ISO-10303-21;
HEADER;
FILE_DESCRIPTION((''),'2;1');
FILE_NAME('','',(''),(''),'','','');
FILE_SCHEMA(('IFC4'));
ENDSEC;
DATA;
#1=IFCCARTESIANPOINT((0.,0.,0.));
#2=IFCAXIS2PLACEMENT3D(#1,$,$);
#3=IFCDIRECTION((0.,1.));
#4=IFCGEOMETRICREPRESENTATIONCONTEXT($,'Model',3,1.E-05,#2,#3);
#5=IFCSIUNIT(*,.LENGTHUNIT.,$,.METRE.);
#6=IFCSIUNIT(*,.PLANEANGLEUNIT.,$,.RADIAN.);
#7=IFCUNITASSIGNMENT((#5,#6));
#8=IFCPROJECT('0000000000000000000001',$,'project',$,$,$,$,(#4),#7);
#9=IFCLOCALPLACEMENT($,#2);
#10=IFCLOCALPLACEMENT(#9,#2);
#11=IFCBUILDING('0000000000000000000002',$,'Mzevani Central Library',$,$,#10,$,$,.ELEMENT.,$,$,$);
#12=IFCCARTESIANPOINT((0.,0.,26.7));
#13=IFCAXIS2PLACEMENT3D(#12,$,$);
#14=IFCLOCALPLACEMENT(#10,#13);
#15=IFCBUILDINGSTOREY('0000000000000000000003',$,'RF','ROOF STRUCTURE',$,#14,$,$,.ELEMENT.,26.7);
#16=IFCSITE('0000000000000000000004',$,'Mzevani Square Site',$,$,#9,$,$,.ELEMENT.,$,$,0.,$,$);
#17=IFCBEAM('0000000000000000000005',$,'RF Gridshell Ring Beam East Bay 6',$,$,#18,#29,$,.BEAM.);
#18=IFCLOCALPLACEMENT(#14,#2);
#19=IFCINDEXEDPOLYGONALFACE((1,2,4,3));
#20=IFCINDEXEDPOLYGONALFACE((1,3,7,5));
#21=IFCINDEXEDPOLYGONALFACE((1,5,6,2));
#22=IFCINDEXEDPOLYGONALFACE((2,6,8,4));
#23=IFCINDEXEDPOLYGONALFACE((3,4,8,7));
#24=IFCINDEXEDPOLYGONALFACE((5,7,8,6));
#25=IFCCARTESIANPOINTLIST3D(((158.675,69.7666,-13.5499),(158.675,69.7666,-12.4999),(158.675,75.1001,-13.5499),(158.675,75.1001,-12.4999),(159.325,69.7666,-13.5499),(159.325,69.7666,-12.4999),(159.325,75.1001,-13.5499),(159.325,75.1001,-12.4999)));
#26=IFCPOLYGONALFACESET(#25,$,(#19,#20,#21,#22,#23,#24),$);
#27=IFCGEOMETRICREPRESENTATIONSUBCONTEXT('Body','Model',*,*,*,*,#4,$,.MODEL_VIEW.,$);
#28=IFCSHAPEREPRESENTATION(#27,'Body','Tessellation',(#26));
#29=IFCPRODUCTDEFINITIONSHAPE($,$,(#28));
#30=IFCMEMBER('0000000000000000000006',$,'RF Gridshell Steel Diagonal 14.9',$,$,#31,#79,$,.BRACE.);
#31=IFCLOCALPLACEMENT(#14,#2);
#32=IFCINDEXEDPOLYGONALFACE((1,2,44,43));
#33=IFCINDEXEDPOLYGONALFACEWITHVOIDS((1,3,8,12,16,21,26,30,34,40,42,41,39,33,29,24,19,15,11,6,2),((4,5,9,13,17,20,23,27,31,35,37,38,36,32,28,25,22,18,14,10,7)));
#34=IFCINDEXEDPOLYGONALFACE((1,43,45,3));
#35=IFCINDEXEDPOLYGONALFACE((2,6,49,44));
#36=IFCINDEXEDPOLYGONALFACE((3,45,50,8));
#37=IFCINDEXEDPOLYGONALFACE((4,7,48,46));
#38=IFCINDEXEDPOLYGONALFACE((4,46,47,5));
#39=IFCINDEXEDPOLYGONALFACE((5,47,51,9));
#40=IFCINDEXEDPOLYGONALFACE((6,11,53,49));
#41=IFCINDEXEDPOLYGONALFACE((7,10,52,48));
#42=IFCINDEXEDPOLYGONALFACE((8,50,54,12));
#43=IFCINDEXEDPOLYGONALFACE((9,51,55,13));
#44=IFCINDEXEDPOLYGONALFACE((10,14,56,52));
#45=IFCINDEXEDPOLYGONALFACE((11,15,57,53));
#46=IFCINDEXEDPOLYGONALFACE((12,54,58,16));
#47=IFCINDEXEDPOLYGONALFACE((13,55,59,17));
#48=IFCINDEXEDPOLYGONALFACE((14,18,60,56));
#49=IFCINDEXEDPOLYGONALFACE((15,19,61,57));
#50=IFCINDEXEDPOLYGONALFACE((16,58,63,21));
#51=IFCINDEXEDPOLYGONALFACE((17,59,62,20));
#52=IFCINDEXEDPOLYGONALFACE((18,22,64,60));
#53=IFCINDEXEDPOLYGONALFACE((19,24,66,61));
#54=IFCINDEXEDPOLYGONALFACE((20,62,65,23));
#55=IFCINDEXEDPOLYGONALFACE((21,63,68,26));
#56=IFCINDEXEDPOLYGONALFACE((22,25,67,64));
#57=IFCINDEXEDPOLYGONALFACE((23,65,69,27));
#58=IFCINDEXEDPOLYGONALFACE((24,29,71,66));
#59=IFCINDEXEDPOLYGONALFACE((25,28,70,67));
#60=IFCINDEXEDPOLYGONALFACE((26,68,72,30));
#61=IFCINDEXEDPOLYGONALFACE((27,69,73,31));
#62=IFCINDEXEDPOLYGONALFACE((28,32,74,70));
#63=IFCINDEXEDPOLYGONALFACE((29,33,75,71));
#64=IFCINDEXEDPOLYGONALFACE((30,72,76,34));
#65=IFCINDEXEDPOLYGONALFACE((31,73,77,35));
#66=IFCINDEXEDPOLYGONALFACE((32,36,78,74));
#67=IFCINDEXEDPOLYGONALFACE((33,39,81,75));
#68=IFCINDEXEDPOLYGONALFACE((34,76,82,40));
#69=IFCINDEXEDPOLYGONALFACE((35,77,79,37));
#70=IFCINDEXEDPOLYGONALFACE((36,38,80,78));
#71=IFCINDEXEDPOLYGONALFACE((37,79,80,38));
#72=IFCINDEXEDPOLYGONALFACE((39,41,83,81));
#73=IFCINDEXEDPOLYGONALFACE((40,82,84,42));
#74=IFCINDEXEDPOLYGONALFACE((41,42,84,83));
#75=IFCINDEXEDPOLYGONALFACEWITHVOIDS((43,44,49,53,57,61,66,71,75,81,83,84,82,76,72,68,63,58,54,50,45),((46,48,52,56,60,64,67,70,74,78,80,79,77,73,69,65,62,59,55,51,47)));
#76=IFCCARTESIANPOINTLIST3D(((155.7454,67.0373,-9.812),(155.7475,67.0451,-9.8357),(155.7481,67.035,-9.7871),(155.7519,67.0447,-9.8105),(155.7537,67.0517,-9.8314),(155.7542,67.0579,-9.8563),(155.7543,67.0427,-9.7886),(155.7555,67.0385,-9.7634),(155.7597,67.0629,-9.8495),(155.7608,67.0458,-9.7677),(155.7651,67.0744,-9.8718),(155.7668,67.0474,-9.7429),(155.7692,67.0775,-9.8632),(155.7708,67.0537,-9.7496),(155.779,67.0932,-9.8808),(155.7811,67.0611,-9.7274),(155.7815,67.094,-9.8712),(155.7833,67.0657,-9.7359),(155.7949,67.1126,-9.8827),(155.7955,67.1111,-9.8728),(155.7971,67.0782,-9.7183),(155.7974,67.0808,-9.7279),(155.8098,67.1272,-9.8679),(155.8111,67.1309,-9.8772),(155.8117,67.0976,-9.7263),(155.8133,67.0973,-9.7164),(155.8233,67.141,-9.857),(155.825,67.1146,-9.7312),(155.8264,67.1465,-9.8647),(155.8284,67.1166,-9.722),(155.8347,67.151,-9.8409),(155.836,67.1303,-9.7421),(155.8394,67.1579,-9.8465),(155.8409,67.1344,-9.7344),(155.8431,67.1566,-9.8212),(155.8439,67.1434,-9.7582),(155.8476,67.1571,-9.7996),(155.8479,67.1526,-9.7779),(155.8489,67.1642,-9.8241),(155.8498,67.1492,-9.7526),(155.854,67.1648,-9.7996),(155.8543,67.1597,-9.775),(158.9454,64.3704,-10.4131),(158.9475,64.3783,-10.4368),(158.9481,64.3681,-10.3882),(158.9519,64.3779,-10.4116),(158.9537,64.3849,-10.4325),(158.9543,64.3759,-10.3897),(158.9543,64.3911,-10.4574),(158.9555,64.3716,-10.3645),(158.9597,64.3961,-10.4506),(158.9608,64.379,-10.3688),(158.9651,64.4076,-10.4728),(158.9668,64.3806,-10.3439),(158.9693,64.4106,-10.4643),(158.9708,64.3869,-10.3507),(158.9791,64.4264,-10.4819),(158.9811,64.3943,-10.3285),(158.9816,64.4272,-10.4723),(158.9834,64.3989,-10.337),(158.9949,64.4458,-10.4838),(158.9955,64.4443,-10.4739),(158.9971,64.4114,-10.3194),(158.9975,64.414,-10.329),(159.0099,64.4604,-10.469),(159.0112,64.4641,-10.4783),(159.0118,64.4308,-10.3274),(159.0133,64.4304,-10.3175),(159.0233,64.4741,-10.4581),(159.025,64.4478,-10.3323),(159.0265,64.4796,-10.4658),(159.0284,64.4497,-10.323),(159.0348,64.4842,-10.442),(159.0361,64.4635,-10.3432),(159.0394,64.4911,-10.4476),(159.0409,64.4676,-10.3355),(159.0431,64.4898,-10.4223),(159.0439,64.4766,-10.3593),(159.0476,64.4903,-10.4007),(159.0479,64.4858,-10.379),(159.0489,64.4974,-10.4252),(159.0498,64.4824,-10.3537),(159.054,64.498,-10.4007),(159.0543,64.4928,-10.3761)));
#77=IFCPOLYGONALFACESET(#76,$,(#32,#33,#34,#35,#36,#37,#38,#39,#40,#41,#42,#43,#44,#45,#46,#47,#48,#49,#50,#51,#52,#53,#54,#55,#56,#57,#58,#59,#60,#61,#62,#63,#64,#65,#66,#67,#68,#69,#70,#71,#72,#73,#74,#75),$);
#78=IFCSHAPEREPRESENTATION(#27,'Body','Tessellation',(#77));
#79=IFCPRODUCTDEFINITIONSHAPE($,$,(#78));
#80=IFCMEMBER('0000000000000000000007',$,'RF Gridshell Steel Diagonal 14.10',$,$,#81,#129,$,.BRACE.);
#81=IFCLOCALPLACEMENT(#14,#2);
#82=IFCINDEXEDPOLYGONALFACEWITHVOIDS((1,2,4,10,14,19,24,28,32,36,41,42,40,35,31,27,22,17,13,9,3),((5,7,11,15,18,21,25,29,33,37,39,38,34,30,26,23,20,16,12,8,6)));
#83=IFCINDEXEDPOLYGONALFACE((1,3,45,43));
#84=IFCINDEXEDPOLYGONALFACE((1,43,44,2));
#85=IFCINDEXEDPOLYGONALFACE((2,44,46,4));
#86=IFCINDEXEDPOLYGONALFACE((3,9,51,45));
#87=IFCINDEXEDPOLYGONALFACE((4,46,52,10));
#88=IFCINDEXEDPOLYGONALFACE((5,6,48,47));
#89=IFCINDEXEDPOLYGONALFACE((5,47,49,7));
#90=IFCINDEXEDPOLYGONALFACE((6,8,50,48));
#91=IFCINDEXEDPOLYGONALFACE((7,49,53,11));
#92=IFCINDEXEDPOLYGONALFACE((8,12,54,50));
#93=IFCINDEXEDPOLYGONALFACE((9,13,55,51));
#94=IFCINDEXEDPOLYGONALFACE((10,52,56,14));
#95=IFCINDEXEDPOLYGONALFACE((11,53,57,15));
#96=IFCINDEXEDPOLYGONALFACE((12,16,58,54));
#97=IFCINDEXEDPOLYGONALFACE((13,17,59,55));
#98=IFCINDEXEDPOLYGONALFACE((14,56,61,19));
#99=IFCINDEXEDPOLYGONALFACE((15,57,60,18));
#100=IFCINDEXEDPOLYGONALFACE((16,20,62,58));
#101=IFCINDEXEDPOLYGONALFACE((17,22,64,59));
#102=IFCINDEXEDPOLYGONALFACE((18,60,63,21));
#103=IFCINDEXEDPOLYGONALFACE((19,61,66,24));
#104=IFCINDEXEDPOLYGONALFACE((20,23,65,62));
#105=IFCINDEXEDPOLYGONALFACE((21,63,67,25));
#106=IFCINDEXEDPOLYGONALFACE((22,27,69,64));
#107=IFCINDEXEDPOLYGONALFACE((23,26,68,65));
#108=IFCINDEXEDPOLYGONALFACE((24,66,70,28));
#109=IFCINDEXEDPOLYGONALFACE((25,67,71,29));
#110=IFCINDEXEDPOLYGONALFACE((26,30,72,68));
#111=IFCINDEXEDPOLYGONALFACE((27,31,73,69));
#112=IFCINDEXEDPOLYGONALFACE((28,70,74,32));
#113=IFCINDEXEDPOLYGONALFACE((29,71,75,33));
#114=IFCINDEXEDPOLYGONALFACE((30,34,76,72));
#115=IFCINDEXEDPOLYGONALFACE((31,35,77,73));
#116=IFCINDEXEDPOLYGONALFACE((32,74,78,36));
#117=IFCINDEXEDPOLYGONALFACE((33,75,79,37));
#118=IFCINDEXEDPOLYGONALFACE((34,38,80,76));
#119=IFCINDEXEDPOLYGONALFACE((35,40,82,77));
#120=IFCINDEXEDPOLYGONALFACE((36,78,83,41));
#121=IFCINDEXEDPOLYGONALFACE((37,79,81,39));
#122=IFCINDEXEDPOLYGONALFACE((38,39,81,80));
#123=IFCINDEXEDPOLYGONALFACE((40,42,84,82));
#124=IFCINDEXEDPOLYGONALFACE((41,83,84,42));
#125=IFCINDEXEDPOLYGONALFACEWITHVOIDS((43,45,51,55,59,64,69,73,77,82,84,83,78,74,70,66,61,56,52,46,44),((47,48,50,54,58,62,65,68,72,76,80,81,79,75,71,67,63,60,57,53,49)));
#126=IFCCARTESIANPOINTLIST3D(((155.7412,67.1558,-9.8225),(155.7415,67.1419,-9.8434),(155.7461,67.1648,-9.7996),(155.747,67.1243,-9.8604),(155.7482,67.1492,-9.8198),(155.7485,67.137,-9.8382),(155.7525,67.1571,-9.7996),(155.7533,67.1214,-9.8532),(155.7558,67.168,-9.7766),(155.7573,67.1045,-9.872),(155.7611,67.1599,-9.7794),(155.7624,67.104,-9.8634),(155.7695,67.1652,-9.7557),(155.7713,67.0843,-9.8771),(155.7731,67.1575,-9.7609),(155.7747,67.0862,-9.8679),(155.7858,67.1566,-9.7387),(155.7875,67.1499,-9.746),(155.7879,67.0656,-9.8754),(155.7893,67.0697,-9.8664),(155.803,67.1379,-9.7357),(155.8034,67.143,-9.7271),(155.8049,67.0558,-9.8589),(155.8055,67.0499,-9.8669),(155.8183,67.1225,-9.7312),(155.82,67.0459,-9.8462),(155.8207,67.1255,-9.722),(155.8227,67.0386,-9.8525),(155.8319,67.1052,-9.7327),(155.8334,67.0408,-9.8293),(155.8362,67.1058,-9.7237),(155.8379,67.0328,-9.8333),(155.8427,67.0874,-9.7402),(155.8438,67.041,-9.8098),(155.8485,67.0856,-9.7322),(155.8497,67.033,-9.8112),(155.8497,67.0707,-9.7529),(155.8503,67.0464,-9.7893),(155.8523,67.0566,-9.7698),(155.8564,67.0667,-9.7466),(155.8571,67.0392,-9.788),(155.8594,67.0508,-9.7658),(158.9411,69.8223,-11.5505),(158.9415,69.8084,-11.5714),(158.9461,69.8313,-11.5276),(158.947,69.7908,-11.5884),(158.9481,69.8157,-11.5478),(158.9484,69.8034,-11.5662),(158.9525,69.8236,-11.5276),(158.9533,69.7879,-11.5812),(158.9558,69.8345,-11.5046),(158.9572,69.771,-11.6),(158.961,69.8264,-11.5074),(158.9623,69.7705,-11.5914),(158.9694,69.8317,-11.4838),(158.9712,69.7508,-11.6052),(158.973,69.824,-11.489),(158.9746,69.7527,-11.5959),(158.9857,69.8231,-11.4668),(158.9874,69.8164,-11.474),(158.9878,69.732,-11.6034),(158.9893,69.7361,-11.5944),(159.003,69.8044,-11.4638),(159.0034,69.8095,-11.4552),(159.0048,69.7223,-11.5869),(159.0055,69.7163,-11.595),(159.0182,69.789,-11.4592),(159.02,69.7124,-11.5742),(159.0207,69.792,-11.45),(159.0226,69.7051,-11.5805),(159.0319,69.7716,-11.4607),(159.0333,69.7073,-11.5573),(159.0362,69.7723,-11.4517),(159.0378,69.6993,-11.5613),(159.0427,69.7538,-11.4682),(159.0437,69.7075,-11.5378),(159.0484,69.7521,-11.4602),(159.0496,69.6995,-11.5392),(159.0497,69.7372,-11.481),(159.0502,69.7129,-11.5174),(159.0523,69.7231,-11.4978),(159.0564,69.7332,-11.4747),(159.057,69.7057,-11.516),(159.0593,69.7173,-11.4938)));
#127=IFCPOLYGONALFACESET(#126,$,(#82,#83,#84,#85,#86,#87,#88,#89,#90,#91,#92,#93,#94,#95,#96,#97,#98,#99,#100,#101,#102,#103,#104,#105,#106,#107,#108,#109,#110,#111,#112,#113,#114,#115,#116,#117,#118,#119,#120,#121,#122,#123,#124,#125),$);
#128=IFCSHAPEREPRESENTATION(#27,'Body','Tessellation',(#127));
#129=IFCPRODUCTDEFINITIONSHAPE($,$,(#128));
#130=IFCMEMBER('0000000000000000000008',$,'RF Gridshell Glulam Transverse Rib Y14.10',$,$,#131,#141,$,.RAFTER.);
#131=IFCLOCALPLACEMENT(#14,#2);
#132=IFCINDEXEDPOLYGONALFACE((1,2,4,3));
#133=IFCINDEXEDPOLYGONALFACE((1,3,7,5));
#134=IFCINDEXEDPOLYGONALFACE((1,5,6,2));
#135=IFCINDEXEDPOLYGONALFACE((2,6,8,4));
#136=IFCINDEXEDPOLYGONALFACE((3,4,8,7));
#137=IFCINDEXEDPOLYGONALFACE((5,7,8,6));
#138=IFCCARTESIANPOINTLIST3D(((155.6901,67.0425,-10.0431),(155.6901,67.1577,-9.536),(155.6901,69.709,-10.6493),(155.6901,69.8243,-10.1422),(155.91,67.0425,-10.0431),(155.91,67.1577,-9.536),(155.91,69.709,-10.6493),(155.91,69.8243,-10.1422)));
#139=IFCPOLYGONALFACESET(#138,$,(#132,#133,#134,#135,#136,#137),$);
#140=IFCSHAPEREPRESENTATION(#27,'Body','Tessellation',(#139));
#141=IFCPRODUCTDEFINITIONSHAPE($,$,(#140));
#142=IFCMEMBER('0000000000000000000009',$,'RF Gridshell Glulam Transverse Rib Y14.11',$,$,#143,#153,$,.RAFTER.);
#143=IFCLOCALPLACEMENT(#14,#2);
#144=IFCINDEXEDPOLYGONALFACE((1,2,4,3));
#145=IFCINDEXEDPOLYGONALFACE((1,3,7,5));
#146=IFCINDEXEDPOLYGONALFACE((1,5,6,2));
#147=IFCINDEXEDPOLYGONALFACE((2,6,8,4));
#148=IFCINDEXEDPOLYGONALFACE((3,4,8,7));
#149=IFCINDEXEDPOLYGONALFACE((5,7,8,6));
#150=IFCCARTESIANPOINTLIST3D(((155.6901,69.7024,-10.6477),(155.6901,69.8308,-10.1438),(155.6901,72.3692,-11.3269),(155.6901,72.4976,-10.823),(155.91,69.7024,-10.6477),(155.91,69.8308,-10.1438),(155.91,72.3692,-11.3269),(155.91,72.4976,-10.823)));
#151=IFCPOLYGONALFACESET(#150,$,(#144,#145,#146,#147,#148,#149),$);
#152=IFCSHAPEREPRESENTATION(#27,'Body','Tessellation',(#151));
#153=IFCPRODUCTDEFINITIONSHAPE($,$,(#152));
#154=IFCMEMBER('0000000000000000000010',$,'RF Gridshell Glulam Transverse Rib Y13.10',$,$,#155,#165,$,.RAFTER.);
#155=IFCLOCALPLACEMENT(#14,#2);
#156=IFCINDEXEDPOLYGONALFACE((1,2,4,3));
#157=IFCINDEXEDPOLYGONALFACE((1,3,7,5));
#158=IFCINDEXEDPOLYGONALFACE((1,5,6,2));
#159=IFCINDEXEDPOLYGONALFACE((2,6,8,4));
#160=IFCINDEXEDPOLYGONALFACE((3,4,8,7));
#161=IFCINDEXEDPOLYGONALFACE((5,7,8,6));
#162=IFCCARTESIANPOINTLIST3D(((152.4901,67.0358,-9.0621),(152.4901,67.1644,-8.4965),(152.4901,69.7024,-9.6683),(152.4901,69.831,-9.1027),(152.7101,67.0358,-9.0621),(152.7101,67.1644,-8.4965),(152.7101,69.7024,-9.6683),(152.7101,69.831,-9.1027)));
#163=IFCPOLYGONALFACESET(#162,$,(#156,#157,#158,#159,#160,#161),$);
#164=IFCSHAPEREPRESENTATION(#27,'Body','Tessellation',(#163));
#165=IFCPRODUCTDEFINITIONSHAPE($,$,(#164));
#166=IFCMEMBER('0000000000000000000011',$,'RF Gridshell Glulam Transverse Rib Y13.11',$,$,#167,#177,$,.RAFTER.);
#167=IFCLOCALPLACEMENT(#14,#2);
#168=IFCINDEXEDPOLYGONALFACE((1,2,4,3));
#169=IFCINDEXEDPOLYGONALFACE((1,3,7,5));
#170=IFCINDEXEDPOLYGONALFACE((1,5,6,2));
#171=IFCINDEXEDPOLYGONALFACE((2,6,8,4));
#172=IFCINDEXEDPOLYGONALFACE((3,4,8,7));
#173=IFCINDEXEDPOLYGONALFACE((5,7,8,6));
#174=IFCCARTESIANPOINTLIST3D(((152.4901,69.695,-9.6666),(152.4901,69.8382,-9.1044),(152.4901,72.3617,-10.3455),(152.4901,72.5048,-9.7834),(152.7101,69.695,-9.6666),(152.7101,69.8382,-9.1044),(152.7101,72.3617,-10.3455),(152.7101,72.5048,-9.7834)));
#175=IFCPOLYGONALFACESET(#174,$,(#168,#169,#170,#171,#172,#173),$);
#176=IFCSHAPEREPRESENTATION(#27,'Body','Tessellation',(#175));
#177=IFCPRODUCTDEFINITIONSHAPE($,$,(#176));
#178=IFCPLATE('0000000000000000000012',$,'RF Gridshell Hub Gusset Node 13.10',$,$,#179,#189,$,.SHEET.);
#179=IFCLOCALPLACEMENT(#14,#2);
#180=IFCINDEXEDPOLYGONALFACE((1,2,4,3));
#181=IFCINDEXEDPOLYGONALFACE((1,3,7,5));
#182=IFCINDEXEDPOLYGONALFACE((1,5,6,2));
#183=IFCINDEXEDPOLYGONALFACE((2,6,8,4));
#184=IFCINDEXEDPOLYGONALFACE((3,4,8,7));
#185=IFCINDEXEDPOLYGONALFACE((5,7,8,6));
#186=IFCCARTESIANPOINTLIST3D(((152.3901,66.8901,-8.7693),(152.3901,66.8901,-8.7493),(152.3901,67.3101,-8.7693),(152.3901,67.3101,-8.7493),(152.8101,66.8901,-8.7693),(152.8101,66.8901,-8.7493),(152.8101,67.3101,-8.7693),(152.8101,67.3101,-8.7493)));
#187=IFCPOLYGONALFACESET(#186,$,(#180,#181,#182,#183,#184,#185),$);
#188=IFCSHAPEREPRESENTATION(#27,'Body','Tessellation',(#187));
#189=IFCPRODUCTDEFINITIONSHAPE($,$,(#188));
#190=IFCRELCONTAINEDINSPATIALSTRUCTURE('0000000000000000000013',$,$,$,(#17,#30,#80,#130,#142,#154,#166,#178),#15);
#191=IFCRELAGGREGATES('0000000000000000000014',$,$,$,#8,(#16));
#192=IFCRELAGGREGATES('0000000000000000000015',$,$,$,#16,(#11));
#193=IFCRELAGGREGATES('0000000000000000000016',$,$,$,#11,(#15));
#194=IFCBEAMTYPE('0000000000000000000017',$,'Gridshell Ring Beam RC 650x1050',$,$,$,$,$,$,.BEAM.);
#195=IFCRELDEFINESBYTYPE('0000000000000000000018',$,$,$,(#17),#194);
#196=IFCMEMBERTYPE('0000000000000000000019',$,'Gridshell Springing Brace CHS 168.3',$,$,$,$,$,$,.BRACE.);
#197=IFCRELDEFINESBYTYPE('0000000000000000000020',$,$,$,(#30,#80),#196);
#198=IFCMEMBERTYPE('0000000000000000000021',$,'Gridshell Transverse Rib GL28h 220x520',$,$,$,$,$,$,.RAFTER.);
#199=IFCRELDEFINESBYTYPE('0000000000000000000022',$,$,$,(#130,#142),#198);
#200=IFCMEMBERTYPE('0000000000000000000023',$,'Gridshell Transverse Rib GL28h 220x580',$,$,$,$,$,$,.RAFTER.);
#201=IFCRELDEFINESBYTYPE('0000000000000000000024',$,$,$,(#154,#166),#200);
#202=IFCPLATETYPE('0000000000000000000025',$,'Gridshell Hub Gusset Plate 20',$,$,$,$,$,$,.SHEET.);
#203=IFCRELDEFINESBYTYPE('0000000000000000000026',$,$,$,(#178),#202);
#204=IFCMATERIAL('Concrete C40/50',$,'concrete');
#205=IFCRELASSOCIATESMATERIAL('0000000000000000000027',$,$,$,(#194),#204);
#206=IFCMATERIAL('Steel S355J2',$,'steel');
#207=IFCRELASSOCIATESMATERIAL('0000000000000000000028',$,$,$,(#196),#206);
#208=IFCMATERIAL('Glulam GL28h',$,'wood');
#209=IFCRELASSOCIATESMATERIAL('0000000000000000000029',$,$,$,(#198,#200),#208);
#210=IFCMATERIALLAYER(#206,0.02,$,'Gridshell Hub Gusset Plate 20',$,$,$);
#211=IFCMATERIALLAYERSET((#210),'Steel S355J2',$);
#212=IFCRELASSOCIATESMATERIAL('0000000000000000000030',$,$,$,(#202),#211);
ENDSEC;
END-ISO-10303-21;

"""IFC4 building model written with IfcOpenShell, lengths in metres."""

from ifc_helpers import new_model, si_unit, direction, frame, origin, origin_2d, place, context, subcontext, project, spatial, rectangle, hollow_circle, extrude, material, layer, layer_set, material_profile, profile_set, type_object, element, save


model = new_model("IFC4")

# Units and contexts
model_context = context("Model", 3, precision=1e-05, world=origin(), true_north=direction((0.0, 1.0)))
body_context = subcontext(model_context, "Body", "Model", "MODEL_VIEW")
ifc_project = project(units=[si_unit("LENGTHUNIT", "METRE"), si_unit("PLANEANGLEUNIT", "RADIAN")], contexts=[model_context])

# Site, building, storey
site_placement = place(None, origin())
site = spatial("IfcSite", under=ifc_project, at=site_placement, Name="Mzevani Square Site", CompositionType="ELEMENT", RefElevation=0.0)
building_placement = place(site_placement, origin())
building = spatial("IfcBuilding", under=site, at=building_placement, Name="Mzevani Central Library", CompositionType="ELEMENT")
storey_placement = place(building_placement, frame((0.0, 0.0, 26.7)))
storey = spatial("IfcBuildingStorey", under=building, at=storey_placement, Name="RF", Description="ROOF STRUCTURE", CompositionType="ELEMENT", Elevation=26.7)

# Shared definitions
ifc_material_1 = material(Name="Steel S355J2", Category="steel")
ifc_material_2 = material(Name="Glulam GL28h", Category="wood")

# Beam
ifc_material_3 = material(Name="Concrete C40/50", Category="concrete")
ifc_material_profile_1 = material_profile(ifc_material_3, rectangle(XDim=0.6499, YDim=1.05, at=origin_2d()), Name="RC RB650x1050")
ifc_profile_set_1 = profile_set([ifc_material_profile_1], Name="Concrete C40/50")
beam_type = type_object("IfcBeamType", Name="Gridshell Ring Beam RC 650x1050", PredefinedType="BEAM", material=ifc_profile_set_1)
beam_placement = place(storey_placement, frame((159.0, 69.7666, -13.0249), z_axis=(0.0, 1.0, 0.0), x_axis=(-1.0, 0.0, 0.0)))
element("IfcBeam", 1, at=beam_placement, inside=storey, type_object=beam_type, Name="RF Gridshell Ring Beam East Bay 6", PredefinedType="BEAM", context=body_context, shape_type="SweptSolid", body=[
    extrude(rectangle(XDim=0.6499, YDim=1.05, at=origin_2d()), origin(), (0.0, 0.0, 1.0), 5.3335),
])

# Members
ifc_material_profile_2 = material_profile(ifc_material_1, hollow_circle(Radius=0.0842, WallThickness=0.01, at=origin_2d()), Name="CHS 168.3x10.0")
ifc_profile_set_2 = profile_set([ifc_material_profile_2], Name="Steel S355J2")
member_type_1 = type_object("IfcMemberType", Name="Gridshell Springing Brace CHS 168.3", PredefinedType="BRACE", material=ifc_profile_set_2)
member_1_placement = place(storey_placement, frame((155.8, 67.1001, -9.7996), z_axis=(0.760332, -0.633639, -0.14282), x_axis=(0.640202, 0.768207, 0.0)))
element("IfcMember", 2, at=member_1_placement, inside=storey, type_object=member_type_1, Name="RF Gridshell Steel Diagonal 14.9", PredefinedType="BRACE", context=body_context, shape_type="SweptSolid", body=[
    extrude(hollow_circle(Radius=0.0842, WallThickness=0.01, at=origin_2d()), origin(), (0.0, 0.0, 1.0), 4.2087),
])
member_2_placement = place(storey_placement, frame((155.8, 67.1001, -9.7996), z_axis=(0.709595, 0.591302, -0.383193), x_axis=(-0.640167, 0.768236, 0.0)))
element("IfcMember", 3, at=member_2_placement, inside=storey, type_object=member_type_1, Name="RF Gridshell Steel Diagonal 14.10", PredefinedType="BRACE", context=body_context, shape_type="SweptSolid", body=[
    extrude(hollow_circle(Radius=0.0842, WallThickness=0.01, at=origin_2d()), origin(), (0.0, 0.0, 1.0), 4.5095),
])
ifc_material_profile_3 = material_profile(ifc_material_2, rectangle(XDim=0.22, YDim=0.52, at=origin_2d()), Name="GL28h 220x520")
ifc_profile_set_3 = profile_set([ifc_material_profile_3], Name="Glulam GL28h")
member_type_2 = type_object("IfcMemberType", Name="Gridshell Transverse Rib GL28h 220x520", PredefinedType="RAFTER", material=ifc_profile_set_3)
member_3_placement = place(storey_placement, frame((155.8, 67.1001, -9.7896), z_axis=(0.0, 0.975119, -0.221683), x_axis=(-1.0, 0.0, 0.0)))
element("IfcMember", 4, at=member_3_placement, inside=storey, type_object=member_type_2, Name="RF Gridshell Glulam Transverse Rib Y14.10", PredefinedType="RAFTER", context=body_context, shape_type="SweptSolid", body=[
    extrude(rectangle(XDim=0.22, YDim=0.52, at=origin_2d()), origin(), (0.0, 0.0, 1.0), 2.7346),
])
member_4_placement = place(storey_placement, frame((155.8, 69.7666, -10.3958), z_axis=(0.0, 0.969063, -0.246813), x_axis=(-1.0, 0.0, 0.0)))
element("IfcMember", 5, at=member_4_placement, inside=storey, type_object=member_type_2, Name="RF Gridshell Glulam Transverse Rib Y14.11", PredefinedType="RAFTER", context=body_context, shape_type="SweptSolid", body=[
    extrude(rectangle(XDim=0.22, YDim=0.52, at=origin_2d()), origin(), (0.0, 0.0, 1.0), 2.752),
])
ifc_material_profile_4 = material_profile(ifc_material_2, rectangle(XDim=0.22, YDim=0.5801, at=origin_2d()), Name="GL28h 220x580")
ifc_profile_set_4 = profile_set([ifc_material_profile_4], Name="Glulam GL28h")
member_type_3 = type_object("IfcMemberType", Name="Gridshell Transverse Rib GL28h 220x580", PredefinedType="RAFTER", material=ifc_profile_set_4)
member_5_placement = place(storey_placement, frame((152.6001, 67.1001, -8.7793), z_axis=(0.0, 0.975119, -0.221683), x_axis=(-1.0, 0.0, 0.0)))
element("IfcMember", 6, at=member_5_placement, inside=storey, type_object=member_type_3, Name="RF Gridshell Glulam Transverse Rib Y13.10", PredefinedType="RAFTER", context=body_context, shape_type="SweptSolid", body=[
    extrude(rectangle(XDim=0.22, YDim=0.5801, at=origin_2d()), origin(), (0.0, 0.0, 1.0), 2.7346),
])
member_6_placement = place(storey_placement, frame((152.6001, 69.7666, -9.3855), z_axis=(0.0, 0.969084, -0.246729), x_axis=(-1.0, 0.0, 0.0)))
element("IfcMember", 7, at=member_6_placement, inside=storey, type_object=member_type_3, Name="RF Gridshell Glulam Transverse Rib Y13.11", PredefinedType="RAFTER", context=body_context, shape_type="SweptSolid", body=[
    extrude(rectangle(XDim=0.22, YDim=0.5801, at=origin_2d()), origin(), (0.0, 0.0, 1.0), 2.7517),
])

# Plate
ifc_layer_1 = layer(ifc_material_1, 0.02, Name="Gridshell Hub Gusset Plate 20")
ifc_layer_set_1 = layer_set([ifc_layer_1], Name="Steel S355J2")
plate_type = type_object("IfcPlateType", Name="Gridshell Hub Gusset Plate 20", PredefinedType="SHEET", material=ifc_layer_set_1)
for number, where, z_axis, x_axis, name in (
    (8, (152.6001, 67.1001, -8.7693), (0.0, 0.0, 1.0), (1.0, 0.0, 0.0), "RF Gridshell Hub Gusset Node 13.10"),
):
    element("IfcPlate", number, at=place(storey_placement, frame(where, z_axis=z_axis, x_axis=x_axis)), inside=storey, type_object=plate_type, Name=name, PredefinedType="SHEET", context=body_context, shape_type="SweptSolid", body=[
        extrude(rectangle(XDim=0.4199, YDim=0.4199, at=origin_2d()), origin(), (0.0, 0.0, 1.0), 0.02),
    ])

save(model, "model.ifc")
